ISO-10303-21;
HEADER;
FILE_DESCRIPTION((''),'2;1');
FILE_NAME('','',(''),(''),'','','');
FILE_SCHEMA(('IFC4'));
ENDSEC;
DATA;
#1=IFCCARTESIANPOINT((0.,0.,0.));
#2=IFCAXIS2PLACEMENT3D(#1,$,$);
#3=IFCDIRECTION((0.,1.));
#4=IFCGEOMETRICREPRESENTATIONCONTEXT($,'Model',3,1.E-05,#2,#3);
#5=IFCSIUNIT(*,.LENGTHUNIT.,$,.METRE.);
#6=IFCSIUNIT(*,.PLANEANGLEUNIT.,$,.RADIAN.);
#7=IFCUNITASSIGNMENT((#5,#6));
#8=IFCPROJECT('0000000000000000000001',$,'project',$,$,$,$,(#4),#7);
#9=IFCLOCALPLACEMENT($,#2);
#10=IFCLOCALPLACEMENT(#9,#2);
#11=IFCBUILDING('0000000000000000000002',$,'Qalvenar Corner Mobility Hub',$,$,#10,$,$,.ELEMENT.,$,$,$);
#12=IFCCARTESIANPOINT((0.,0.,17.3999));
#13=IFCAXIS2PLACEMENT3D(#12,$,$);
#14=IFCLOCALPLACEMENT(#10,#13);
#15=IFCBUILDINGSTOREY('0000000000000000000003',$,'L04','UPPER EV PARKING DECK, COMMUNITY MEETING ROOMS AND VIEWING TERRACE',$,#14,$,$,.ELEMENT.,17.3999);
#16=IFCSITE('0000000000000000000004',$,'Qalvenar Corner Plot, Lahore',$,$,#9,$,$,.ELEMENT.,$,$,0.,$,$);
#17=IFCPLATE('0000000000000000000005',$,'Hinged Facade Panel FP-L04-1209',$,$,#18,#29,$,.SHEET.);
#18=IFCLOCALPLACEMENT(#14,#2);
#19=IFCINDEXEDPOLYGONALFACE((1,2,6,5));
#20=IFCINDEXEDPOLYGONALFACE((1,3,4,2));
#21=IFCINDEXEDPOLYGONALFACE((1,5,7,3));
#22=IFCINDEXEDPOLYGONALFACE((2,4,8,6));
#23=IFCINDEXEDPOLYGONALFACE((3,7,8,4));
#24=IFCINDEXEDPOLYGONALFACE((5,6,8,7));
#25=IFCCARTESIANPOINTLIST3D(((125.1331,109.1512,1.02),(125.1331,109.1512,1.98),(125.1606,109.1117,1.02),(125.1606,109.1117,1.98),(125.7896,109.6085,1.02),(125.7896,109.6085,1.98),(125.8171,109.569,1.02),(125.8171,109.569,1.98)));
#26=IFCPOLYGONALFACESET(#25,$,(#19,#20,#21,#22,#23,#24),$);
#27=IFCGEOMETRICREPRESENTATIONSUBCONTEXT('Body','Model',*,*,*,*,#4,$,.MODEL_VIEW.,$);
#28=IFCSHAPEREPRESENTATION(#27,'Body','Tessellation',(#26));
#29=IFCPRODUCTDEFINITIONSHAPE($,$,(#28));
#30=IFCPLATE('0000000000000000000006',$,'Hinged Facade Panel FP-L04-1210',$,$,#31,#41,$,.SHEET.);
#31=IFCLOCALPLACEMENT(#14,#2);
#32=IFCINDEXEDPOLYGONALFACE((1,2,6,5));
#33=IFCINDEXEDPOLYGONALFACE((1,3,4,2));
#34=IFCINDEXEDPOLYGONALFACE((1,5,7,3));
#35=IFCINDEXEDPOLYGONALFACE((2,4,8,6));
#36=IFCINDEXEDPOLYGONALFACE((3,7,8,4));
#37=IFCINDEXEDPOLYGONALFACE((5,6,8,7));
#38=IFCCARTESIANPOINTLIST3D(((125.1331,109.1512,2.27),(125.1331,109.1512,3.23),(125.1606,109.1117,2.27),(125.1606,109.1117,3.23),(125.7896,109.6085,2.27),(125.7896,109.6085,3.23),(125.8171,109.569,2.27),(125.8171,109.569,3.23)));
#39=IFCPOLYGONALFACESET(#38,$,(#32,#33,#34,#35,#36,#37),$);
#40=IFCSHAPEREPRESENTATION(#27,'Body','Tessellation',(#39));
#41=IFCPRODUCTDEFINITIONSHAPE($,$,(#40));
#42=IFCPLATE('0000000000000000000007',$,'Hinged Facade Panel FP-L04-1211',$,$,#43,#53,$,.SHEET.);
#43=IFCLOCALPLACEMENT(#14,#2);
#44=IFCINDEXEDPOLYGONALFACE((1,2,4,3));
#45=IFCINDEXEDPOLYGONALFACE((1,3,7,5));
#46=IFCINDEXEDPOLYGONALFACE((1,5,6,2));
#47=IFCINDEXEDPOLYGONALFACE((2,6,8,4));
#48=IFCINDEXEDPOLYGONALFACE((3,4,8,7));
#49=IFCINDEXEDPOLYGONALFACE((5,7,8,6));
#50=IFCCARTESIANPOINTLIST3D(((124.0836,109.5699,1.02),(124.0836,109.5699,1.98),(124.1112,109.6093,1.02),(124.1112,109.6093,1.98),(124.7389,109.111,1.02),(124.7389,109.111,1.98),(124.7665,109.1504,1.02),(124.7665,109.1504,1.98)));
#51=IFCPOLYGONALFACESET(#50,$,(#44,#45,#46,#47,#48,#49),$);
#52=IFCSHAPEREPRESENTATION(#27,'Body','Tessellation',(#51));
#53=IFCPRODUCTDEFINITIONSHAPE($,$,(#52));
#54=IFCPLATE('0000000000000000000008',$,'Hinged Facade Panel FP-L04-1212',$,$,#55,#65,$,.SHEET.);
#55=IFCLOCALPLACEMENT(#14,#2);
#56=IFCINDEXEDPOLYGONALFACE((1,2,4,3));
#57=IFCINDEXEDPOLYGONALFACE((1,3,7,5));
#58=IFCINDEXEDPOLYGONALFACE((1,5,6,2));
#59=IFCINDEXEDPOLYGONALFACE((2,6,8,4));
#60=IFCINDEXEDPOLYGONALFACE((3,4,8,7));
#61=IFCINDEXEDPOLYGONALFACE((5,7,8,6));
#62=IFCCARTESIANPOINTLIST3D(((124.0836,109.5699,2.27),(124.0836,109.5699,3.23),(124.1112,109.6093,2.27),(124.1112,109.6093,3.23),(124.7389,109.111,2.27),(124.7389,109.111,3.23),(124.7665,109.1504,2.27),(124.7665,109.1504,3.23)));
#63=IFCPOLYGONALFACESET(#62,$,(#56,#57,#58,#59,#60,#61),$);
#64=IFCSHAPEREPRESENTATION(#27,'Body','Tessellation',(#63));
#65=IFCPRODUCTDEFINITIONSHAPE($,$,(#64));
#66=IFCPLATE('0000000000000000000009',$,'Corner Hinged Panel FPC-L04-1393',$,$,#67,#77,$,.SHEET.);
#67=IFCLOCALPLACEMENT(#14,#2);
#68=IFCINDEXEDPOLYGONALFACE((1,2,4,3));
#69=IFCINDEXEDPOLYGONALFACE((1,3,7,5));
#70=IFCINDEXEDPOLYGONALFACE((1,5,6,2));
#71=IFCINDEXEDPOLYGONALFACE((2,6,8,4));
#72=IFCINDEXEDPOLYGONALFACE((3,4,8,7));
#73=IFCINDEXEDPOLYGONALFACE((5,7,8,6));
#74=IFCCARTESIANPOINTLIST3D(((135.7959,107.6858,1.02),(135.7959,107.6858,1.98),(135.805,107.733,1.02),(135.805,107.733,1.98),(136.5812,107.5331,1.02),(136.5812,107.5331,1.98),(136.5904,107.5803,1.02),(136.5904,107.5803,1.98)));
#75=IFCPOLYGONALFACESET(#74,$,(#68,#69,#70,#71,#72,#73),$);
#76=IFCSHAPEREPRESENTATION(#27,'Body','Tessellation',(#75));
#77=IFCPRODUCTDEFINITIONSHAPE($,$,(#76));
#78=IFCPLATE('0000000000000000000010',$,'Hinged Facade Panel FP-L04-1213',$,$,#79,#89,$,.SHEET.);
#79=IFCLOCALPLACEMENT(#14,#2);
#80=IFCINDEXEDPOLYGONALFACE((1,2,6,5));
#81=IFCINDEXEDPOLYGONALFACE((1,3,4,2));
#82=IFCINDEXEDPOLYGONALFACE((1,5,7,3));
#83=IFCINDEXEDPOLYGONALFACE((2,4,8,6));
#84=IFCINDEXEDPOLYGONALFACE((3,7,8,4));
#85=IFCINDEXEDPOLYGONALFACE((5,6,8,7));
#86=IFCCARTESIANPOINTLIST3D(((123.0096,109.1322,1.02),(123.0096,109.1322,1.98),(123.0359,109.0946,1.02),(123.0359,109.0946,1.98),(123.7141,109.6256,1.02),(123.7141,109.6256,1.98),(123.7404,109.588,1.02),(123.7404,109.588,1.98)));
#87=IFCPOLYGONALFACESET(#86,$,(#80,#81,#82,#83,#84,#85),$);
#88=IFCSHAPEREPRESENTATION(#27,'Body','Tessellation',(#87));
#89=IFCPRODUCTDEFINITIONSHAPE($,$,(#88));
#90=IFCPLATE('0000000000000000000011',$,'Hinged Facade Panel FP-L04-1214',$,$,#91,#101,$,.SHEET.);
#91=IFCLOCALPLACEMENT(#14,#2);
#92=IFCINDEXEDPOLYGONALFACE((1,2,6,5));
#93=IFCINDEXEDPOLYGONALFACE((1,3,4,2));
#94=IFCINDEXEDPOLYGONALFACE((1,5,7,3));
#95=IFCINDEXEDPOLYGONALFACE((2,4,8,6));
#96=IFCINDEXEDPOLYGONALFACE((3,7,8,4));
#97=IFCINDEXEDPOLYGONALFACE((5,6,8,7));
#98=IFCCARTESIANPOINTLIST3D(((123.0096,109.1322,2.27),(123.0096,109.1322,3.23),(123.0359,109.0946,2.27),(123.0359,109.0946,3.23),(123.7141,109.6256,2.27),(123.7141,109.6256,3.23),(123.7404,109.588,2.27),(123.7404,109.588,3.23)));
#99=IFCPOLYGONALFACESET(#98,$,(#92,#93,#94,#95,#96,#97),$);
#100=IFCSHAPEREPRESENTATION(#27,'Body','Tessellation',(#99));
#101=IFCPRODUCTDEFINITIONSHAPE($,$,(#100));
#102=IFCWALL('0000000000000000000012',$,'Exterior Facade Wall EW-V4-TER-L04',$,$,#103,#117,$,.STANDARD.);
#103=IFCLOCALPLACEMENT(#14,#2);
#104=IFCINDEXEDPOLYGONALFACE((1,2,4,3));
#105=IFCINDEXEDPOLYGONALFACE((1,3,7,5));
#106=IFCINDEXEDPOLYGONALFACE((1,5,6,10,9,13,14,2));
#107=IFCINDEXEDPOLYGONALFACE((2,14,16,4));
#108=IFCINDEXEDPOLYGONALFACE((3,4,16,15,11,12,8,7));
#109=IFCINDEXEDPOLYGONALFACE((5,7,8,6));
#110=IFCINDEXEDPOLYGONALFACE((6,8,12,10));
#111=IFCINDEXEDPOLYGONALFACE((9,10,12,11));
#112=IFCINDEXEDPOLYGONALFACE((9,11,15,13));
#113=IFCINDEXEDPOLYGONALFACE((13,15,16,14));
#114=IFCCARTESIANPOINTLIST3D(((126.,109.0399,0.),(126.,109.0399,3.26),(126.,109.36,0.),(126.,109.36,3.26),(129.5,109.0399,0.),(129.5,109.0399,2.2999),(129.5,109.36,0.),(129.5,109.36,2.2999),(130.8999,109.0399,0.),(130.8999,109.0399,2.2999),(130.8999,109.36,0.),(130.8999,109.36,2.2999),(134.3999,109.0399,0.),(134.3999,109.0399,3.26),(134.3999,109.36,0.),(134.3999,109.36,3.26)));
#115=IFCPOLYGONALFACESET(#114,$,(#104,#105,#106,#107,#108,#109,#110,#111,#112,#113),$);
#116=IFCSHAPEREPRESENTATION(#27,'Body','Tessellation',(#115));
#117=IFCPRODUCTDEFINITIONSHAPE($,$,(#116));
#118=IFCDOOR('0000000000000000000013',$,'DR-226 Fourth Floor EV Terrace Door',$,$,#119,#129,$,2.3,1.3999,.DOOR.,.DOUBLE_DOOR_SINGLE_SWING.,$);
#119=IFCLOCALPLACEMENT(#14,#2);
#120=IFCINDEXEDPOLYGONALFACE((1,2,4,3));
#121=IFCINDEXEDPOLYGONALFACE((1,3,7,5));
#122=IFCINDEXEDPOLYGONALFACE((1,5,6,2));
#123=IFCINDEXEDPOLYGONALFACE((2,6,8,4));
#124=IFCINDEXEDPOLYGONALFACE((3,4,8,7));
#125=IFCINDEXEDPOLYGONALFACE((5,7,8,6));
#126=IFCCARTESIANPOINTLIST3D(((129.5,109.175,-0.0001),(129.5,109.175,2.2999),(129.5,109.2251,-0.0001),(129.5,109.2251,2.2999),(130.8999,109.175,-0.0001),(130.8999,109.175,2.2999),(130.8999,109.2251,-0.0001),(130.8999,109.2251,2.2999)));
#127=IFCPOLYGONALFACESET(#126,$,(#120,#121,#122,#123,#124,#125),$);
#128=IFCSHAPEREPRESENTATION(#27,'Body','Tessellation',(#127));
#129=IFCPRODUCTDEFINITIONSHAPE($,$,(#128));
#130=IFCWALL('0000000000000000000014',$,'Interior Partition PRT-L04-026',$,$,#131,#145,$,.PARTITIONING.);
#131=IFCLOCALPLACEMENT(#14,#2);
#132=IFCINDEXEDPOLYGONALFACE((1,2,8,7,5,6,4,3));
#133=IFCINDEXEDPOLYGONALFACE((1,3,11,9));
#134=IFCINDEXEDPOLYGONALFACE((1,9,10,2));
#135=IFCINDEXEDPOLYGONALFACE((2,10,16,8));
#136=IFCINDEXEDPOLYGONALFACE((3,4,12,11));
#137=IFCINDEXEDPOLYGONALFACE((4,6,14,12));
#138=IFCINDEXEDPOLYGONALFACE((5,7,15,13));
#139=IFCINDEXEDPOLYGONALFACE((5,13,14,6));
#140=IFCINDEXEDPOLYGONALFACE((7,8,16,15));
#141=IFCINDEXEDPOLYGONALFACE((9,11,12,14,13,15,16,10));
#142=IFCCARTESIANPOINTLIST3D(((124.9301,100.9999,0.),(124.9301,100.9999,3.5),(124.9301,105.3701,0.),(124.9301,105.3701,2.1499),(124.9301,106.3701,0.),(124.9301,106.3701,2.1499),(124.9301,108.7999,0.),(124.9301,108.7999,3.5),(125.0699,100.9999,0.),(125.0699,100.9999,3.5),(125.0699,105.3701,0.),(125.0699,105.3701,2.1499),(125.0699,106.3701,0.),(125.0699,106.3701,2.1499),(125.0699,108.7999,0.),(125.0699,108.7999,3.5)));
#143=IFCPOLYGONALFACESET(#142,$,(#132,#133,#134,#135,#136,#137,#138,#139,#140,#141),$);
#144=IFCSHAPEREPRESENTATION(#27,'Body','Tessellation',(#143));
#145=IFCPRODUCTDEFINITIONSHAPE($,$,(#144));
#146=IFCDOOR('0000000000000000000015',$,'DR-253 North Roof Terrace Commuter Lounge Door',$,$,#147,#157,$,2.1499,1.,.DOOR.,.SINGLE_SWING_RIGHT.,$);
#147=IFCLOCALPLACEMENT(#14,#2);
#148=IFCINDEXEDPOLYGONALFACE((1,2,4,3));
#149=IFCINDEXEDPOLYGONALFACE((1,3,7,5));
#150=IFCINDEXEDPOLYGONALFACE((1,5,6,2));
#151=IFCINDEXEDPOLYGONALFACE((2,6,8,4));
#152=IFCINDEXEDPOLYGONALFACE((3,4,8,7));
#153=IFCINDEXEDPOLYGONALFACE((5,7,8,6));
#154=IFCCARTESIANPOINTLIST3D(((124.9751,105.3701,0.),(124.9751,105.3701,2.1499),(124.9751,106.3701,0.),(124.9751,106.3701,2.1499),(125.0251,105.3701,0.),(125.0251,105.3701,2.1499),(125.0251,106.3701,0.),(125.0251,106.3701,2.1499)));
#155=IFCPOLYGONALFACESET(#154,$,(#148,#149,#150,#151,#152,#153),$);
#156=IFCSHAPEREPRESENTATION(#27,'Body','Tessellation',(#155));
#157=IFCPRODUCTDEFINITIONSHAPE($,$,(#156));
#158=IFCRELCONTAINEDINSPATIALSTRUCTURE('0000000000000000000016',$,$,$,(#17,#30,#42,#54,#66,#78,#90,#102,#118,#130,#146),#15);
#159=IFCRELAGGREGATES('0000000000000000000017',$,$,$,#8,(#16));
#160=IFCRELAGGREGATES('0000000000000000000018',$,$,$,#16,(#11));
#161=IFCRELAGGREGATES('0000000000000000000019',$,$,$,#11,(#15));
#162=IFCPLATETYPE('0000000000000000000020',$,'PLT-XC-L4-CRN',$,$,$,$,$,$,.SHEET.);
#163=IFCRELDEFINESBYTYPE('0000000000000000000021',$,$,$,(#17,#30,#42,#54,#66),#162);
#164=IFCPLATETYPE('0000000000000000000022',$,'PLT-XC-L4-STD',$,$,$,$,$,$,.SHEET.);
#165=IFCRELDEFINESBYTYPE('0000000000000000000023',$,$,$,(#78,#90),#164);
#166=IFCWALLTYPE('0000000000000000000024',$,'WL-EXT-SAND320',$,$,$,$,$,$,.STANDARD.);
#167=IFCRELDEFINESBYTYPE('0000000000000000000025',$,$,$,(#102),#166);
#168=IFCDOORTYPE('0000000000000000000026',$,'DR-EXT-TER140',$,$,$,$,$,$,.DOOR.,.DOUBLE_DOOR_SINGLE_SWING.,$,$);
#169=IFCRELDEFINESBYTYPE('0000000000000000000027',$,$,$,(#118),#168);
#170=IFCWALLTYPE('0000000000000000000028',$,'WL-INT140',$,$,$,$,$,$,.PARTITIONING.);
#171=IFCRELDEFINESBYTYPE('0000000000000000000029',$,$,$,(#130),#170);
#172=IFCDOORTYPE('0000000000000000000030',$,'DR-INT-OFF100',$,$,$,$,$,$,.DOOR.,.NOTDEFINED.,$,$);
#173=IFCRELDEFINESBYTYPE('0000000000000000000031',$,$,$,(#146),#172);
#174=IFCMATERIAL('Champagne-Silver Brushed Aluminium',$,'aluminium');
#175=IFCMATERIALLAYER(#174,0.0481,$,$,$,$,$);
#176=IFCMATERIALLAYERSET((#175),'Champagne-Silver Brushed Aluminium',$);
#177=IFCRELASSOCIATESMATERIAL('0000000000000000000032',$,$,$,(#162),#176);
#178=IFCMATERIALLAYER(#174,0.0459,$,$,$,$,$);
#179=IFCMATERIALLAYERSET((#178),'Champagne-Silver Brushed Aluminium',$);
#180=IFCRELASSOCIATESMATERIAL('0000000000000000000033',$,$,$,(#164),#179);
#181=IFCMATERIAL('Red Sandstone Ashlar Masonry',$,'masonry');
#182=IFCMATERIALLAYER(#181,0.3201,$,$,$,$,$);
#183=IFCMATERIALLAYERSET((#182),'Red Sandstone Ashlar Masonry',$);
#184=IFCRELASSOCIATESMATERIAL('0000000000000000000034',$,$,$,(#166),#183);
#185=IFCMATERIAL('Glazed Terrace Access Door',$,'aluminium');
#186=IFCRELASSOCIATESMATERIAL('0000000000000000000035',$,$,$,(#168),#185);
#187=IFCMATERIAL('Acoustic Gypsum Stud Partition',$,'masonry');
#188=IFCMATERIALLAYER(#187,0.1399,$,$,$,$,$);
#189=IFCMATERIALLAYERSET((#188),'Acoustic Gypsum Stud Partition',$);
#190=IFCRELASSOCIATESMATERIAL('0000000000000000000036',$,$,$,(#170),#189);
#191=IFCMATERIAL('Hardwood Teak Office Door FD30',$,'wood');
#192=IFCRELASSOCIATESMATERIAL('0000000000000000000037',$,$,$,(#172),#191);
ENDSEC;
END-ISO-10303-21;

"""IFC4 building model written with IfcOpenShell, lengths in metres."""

from ifc_helpers import new_model, si_unit, direction, frame, frame_2d, origin, origin_2d, place, context, subcontext, project, spatial, rectangle, extrude, material, layer, layer_set, type_object, element, fill, save


model = new_model("IFC4")

# Units and contexts
model_context = context("Model", 3, precision=1e-05, world=origin(), true_north=direction((0.0, 1.0)))
body_context = subcontext(model_context, "Body", "Model", "MODEL_VIEW")
ifc_project = project(units=[si_unit("LENGTHUNIT", "METRE"), si_unit("PLANEANGLEUNIT", "RADIAN")], contexts=[model_context])

# Site, building, storey
site_placement = place(None, origin())
site = spatial("IfcSite", under=ifc_project, at=site_placement, Name="Qalvenar Corner Plot, Lahore", CompositionType="ELEMENT", RefElevation=0.0)
building_placement = place(site_placement, origin())
building = spatial("IfcBuilding", under=site, at=building_placement, Name="Qalvenar Corner Mobility Hub", CompositionType="ELEMENT")
storey_placement = place(building_placement, frame((0.0, 0.0, 17.3999)))
storey = spatial("IfcBuildingStorey", under=building, at=storey_placement, Name="L04", Description="UPPER EV PARKING DECK, COMMUNITY MEETING ROOMS AND VIEWING TERRACE", CompositionType="ELEMENT", Elevation=17.3999)

# Plates
ifc_material_1 = material(Name="Champagne-Silver Brushed Aluminium", Category="aluminium")
ifc_layer_1 = layer(ifc_material_1, 0.0481)
ifc_layer_set_1 = layer_set([ifc_layer_1], Name="Champagne-Silver Brushed Aluminium")
plate_type_1 = type_object("IfcPlateType", Name="PLT-XC-L4-CRN", PredefinedType="SHEET", material=ifc_layer_set_1)
for number, where, z_axis, x_axis, name in (
    (1, (125.4751, 109.3601, 1.02), (0.0, 0.0, 1.0), (-0.820551, -0.571573, 0.0), "Hinged Facade Panel FP-L04-1209"),
    (2, (125.4751, 109.3601, 2.27), (0.0, 0.0, 1.0), (-0.820551, -0.571573, 0.0), "Hinged Facade Panel FP-L04-1210"),
    (3, (124.425, 109.3601, 1.02), (0.0, 0.0, 1.0), (-0.819152, 0.573576, 0.0), "Hinged Facade Panel FP-L04-1211"),
    (4, (124.425, 109.3601, 2.27), (0.0, 0.0, 1.0), (-0.819152, 0.573576, 0.0), "Hinged Facade Panel FP-L04-1212"),
    (5, (136.1931, 107.6331, 1.02), (0.0, 0.0, 1.0), (-0.981627, 0.190809, 0.0), "Corner Hinged Panel FPC-L04-1393"),
):
    element("IfcPlate", number, at=place(storey_placement, frame(where, z_axis=z_axis, x_axis=x_axis)), inside=storey, type_object=plate_type_1, Name=name, PredefinedType="SHEET", context=body_context, shape_type="SweptSolid", body=[
        extrude(rectangle(XDim=0.8, YDim=0.0481, at=origin_2d()), origin(), (0.0, 0.0, 1.0), 0.96),
    ])
ifc_layer_2 = layer(ifc_material_1, 0.0459)
ifc_layer_set_2 = layer_set([ifc_layer_2], Name="Champagne-Silver Brushed Aluminium")
plate_type_2 = type_object("IfcPlateType", Name="PLT-XC-L4-STD", PredefinedType="SHEET", material=ifc_layer_set_2)
for number, where, z_axis, x_axis, name in (
    (6, (123.375, 109.3601, 1.02), (0.0, 0.0, 1.0), (-0.819152, -0.573576, 0.0), "Hinged Facade Panel FP-L04-1213"),
    (7, (123.375, 109.3601, 2.27), (0.0, 0.0, 1.0), (-0.819152, -0.573576, 0.0), "Hinged Facade Panel FP-L04-1214"),
):
    element("IfcPlate", number, at=place(storey_placement, frame(where, z_axis=z_axis, x_axis=x_axis)), inside=storey, type_object=plate_type_2, Name=name, PredefinedType="SHEET", context=body_context, shape_type="SweptSolid", body=[
        extrude(rectangle(XDim=0.8601, YDim=0.0459, at=origin_2d()), origin(), (0.0, 0.0, 1.0), 0.96),
    ])

# Walls, openings, doors
ifc_material_2 = material(Name="Red Sandstone Ashlar Masonry", Category="masonry")
ifc_layer_3 = layer(ifc_material_2, 0.3201)
ifc_layer_set_3 = layer_set([ifc_layer_3], Name="Red Sandstone Ashlar Masonry")
wall_type_1 = type_object("IfcWallType", Name="WL-EXT-SAND320", PredefinedType="STANDARD", material=ifc_layer_set_3)
wall_1_placement = place(storey_placement, frame((134.3999, 109.2, 0.0), z_axis=(0.0, 0.0, 1.0), x_axis=(-1.0, 0.0, 0.0)))
wall_1 = element("IfcWall", 8, at=wall_1_placement, inside=storey, type_object=wall_type_1, Name="Exterior Facade Wall EW-V4-TER-L04", PredefinedType="STANDARD", context=body_context, shape_type="SweptSolid", body=[
    extrude(rectangle(XDim=8.3999, YDim=0.3201, at=frame_2d((4.2, 0.0))), origin(), (0.0, 0.0, 1.0), 3.26),
])
opening_1_placement = place(wall_1_placement, frame((3.5, 0.0, 0.0)))
opening_1 = element("IfcOpeningElement", 9, at=opening_1_placement, cuts=wall_1, PredefinedType="OPENING", context=body_context, shape_type="SweptSolid", body=[
    extrude(rectangle(XDim=1.3999, YDim=2.3, at=frame_2d((0.7, 1.1499))), frame((0.0, 0.1699, 0.0), z_axis=(0.0, -1.0, 0.0), x_axis=(1.0, 0.0, 0.0)), (0.0, 0.0, 1.0), 0.3401),
])
ifc_material_3 = material(Name="Glazed Terrace Access Door", Category="aluminium")
door_type_1 = type_object("IfcDoorType", Name="DR-EXT-TER140", OperationType="DOUBLE_DOOR_SINGLE_SWING", PredefinedType="DOOR", material=ifc_material_3)
door_1_placement = place(opening_1_placement, origin())
door_1 = element("IfcDoor", 10, at=door_1_placement, inside=storey, type_object=door_type_1, Name="DR-226 Fourth Floor EV Terrace Door", OperationType="DOUBLE_DOOR_SINGLE_SWING", OverallHeight=2.3, OverallWidth=1.3999, PredefinedType="DOOR", context=body_context, shape_type="SweptSolid", body=[
    extrude(rectangle(XDim=1.3999, YDim=2.3, at=frame_2d((0.7, 1.1499))), frame((0.0, 0.0249, 0.0), z_axis=(0.0, -1.0, 0.0), x_axis=(1.0, 0.0, 0.0)), (0.0, 0.0, 1.0), 0.05),
])
fill(opening_1, door_1)
ifc_material_4 = material(Name="Acoustic Gypsum Stud Partition", Category="masonry")
ifc_layer_4 = layer(ifc_material_4, 0.1399)
ifc_layer_set_4 = layer_set([ifc_layer_4], Name="Acoustic Gypsum Stud Partition")
wall_type_2 = type_object("IfcWallType", Name="WL-INT140", PredefinedType="PARTITIONING", material=ifc_layer_set_4)
wall_2_placement = place(storey_placement, frame((125.0, 101.0, 0.0), z_axis=(0.0, 0.0, 1.0), x_axis=(0.0, 1.0, 0.0)))
wall_2 = element("IfcWall", 11, at=wall_2_placement, inside=storey, type_object=wall_type_2, Name="Interior Partition PRT-L04-026", PredefinedType="PARTITIONING", context=body_context, shape_type="SweptSolid", body=[
    extrude(rectangle(XDim=7.8, YDim=0.1399, at=frame_2d((3.8999, 0.0))), origin(), (0.0, 0.0, 1.0), 3.5),
])
opening_2_placement = place(wall_2_placement, frame((4.3701, 0.0, 0.0)))
opening_2 = element("IfcOpeningElement", 12, at=opening_2_placement, cuts=wall_2, PredefinedType="OPENING", context=body_context, shape_type="SweptSolid", body=[
    extrude(rectangle(XDim=1.0, YDim=2.1499, at=frame_2d((0.5, 1.075))), frame((0.0, 0.0801, 0.0), z_axis=(0.0, -1.0, 0.0), x_axis=(1.0, 0.0, 0.0)), (0.0, 0.0, 1.0), 0.1599),
])
ifc_material_5 = material(Name="Hardwood Teak Office Door FD30", Category="wood")
door_type_2 = type_object("IfcDoorType", Name="DR-INT-OFF100", OperationType="NOTDEFINED", PredefinedType="DOOR", material=ifc_material_5)
door_2_placement = place(opening_2_placement, origin())
door_2 = element("IfcDoor", 13, at=door_2_placement, inside=storey, type_object=door_type_2, Name="DR-253 North Roof Terrace Commuter Lounge Door", OperationType="SINGLE_SWING_RIGHT", OverallHeight=2.1499, OverallWidth=1.0, PredefinedType="DOOR", context=body_context, shape_type="SweptSolid", body=[
    extrude(rectangle(XDim=1.0, YDim=2.1499, at=frame_2d((0.5, 1.075))), frame((0.0, 0.0249, 0.0), z_axis=(0.0, -1.0, 0.0), x_axis=(1.0, 0.0, 0.0)), (0.0, 0.0, 1.0), 0.05),
])
fill(opening_2, door_2)

save(model, "model.ifc")
